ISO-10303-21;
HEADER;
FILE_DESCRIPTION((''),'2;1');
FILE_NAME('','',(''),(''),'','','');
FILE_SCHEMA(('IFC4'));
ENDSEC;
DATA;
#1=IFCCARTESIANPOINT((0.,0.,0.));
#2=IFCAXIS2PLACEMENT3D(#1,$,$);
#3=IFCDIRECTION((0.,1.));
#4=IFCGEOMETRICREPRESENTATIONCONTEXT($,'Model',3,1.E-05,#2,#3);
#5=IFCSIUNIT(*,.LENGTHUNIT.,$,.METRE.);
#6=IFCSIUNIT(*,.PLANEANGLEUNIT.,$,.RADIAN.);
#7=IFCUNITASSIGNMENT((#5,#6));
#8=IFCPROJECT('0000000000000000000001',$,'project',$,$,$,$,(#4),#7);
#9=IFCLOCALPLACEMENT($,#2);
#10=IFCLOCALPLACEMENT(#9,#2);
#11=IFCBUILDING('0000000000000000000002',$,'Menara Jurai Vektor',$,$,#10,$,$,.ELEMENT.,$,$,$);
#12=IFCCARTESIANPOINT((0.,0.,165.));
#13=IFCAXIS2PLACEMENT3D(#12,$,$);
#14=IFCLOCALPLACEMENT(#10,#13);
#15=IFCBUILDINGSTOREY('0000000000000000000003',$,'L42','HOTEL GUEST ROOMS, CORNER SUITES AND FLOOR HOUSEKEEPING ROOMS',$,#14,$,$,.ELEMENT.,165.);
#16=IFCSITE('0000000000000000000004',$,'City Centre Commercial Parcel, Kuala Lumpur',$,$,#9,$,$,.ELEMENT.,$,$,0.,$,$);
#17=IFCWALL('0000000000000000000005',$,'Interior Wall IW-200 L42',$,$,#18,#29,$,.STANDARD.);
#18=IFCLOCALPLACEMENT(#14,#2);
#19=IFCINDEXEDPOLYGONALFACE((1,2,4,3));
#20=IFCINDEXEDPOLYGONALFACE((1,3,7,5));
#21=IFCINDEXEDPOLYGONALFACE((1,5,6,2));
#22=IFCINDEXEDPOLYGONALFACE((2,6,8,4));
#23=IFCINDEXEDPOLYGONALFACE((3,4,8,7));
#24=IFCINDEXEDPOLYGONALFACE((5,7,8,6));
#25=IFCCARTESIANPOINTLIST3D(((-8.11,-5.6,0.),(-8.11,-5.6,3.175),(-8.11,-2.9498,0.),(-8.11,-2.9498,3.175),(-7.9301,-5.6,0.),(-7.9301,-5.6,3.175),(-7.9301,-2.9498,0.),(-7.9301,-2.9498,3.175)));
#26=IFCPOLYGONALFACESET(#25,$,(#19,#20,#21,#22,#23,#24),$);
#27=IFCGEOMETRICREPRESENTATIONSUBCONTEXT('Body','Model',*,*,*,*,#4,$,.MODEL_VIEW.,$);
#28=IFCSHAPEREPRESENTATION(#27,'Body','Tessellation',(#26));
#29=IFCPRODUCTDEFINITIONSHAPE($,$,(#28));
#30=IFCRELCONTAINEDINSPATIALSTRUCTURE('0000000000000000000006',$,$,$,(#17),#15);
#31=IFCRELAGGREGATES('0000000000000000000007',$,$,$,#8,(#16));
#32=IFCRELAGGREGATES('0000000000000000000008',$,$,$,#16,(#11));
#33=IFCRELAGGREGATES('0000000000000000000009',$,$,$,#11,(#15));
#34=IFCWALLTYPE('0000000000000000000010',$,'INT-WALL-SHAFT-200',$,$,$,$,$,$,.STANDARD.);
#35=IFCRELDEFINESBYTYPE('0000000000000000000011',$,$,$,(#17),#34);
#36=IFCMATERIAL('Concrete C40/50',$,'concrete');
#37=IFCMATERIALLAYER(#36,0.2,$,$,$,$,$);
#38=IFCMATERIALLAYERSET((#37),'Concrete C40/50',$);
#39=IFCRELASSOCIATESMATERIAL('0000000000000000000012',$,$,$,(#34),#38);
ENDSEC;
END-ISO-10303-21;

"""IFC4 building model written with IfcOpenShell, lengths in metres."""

from ifc_helpers import new_model, si_unit, direction, frame, frame_2d, origin, place, context, subcontext, project, spatial, rectangle, extrude, material, layer, layer_set, type_object, element, save


model = new_model("IFC4")

# Units and contexts
model_context = context("Model", 3, precision=1e-05, world=origin(), true_north=direction((0.0, 1.0)))
body_context = subcontext(model_context, "Body", "Model", "MODEL_VIEW")
ifc_project = project(units=[si_unit("LENGTHUNIT", "METRE"), si_unit("PLANEANGLEUNIT", "RADIAN")], contexts=[model_context])

# Site, building, storey
site_placement = place(None, origin())
site = spatial("IfcSite", under=ifc_project, at=site_placement, Name="City Centre Commercial Parcel, Kuala Lumpur", CompositionType="ELEMENT", RefElevation=0.0)
building_placement = place(site_placement, origin())
building = spatial("IfcBuilding", under=site, at=building_placement, Name="Menara Jurai Vektor", CompositionType="ELEMENT")
storey_placement = place(building_placement, frame((0.0, 0.0, 165.0)))
storey = spatial("IfcBuildingStorey", under=building, at=storey_placement, Name="L42", Description="HOTEL GUEST ROOMS, CORNER SUITES AND FLOOR HOUSEKEEPING ROOMS", CompositionType="ELEMENT", Elevation=165.0)

# Shared definitions
ifc_material_1 = material(Name="Concrete C40/50", Category="concrete")
ifc_layer_1 = layer(ifc_material_1, 0.2)
ifc_layer_set_1 = layer_set([ifc_layer_1], Name="Concrete C40/50")
wall_type_1 = type_object("IfcWallType", Name="INT-WALL-SHAFT-200", PredefinedType="STANDARD", material=ifc_layer_set_1)

# Wall
wall_1_placement = place(storey_placement, frame((-8.02, -5.6001, 0.0), z_axis=(0.0, 0.0, 1.0), x_axis=(0.0, 1.0, 0.0)))
element("IfcWall", 1, at=wall_1_placement, inside=storey, type_object=wall_type_1, Name="Interior Wall IW-200 L42", PredefinedType="STANDARD", context=body_context, shape_type="SweptSolid", body=[
    extrude(rectangle(XDim=2.6501, YDim=0.1799, at=frame_2d((1.3252, 0.0))), origin(), (0.0, 0.0, 1.0), 3.175),
])

save(model, "model.ifc")
